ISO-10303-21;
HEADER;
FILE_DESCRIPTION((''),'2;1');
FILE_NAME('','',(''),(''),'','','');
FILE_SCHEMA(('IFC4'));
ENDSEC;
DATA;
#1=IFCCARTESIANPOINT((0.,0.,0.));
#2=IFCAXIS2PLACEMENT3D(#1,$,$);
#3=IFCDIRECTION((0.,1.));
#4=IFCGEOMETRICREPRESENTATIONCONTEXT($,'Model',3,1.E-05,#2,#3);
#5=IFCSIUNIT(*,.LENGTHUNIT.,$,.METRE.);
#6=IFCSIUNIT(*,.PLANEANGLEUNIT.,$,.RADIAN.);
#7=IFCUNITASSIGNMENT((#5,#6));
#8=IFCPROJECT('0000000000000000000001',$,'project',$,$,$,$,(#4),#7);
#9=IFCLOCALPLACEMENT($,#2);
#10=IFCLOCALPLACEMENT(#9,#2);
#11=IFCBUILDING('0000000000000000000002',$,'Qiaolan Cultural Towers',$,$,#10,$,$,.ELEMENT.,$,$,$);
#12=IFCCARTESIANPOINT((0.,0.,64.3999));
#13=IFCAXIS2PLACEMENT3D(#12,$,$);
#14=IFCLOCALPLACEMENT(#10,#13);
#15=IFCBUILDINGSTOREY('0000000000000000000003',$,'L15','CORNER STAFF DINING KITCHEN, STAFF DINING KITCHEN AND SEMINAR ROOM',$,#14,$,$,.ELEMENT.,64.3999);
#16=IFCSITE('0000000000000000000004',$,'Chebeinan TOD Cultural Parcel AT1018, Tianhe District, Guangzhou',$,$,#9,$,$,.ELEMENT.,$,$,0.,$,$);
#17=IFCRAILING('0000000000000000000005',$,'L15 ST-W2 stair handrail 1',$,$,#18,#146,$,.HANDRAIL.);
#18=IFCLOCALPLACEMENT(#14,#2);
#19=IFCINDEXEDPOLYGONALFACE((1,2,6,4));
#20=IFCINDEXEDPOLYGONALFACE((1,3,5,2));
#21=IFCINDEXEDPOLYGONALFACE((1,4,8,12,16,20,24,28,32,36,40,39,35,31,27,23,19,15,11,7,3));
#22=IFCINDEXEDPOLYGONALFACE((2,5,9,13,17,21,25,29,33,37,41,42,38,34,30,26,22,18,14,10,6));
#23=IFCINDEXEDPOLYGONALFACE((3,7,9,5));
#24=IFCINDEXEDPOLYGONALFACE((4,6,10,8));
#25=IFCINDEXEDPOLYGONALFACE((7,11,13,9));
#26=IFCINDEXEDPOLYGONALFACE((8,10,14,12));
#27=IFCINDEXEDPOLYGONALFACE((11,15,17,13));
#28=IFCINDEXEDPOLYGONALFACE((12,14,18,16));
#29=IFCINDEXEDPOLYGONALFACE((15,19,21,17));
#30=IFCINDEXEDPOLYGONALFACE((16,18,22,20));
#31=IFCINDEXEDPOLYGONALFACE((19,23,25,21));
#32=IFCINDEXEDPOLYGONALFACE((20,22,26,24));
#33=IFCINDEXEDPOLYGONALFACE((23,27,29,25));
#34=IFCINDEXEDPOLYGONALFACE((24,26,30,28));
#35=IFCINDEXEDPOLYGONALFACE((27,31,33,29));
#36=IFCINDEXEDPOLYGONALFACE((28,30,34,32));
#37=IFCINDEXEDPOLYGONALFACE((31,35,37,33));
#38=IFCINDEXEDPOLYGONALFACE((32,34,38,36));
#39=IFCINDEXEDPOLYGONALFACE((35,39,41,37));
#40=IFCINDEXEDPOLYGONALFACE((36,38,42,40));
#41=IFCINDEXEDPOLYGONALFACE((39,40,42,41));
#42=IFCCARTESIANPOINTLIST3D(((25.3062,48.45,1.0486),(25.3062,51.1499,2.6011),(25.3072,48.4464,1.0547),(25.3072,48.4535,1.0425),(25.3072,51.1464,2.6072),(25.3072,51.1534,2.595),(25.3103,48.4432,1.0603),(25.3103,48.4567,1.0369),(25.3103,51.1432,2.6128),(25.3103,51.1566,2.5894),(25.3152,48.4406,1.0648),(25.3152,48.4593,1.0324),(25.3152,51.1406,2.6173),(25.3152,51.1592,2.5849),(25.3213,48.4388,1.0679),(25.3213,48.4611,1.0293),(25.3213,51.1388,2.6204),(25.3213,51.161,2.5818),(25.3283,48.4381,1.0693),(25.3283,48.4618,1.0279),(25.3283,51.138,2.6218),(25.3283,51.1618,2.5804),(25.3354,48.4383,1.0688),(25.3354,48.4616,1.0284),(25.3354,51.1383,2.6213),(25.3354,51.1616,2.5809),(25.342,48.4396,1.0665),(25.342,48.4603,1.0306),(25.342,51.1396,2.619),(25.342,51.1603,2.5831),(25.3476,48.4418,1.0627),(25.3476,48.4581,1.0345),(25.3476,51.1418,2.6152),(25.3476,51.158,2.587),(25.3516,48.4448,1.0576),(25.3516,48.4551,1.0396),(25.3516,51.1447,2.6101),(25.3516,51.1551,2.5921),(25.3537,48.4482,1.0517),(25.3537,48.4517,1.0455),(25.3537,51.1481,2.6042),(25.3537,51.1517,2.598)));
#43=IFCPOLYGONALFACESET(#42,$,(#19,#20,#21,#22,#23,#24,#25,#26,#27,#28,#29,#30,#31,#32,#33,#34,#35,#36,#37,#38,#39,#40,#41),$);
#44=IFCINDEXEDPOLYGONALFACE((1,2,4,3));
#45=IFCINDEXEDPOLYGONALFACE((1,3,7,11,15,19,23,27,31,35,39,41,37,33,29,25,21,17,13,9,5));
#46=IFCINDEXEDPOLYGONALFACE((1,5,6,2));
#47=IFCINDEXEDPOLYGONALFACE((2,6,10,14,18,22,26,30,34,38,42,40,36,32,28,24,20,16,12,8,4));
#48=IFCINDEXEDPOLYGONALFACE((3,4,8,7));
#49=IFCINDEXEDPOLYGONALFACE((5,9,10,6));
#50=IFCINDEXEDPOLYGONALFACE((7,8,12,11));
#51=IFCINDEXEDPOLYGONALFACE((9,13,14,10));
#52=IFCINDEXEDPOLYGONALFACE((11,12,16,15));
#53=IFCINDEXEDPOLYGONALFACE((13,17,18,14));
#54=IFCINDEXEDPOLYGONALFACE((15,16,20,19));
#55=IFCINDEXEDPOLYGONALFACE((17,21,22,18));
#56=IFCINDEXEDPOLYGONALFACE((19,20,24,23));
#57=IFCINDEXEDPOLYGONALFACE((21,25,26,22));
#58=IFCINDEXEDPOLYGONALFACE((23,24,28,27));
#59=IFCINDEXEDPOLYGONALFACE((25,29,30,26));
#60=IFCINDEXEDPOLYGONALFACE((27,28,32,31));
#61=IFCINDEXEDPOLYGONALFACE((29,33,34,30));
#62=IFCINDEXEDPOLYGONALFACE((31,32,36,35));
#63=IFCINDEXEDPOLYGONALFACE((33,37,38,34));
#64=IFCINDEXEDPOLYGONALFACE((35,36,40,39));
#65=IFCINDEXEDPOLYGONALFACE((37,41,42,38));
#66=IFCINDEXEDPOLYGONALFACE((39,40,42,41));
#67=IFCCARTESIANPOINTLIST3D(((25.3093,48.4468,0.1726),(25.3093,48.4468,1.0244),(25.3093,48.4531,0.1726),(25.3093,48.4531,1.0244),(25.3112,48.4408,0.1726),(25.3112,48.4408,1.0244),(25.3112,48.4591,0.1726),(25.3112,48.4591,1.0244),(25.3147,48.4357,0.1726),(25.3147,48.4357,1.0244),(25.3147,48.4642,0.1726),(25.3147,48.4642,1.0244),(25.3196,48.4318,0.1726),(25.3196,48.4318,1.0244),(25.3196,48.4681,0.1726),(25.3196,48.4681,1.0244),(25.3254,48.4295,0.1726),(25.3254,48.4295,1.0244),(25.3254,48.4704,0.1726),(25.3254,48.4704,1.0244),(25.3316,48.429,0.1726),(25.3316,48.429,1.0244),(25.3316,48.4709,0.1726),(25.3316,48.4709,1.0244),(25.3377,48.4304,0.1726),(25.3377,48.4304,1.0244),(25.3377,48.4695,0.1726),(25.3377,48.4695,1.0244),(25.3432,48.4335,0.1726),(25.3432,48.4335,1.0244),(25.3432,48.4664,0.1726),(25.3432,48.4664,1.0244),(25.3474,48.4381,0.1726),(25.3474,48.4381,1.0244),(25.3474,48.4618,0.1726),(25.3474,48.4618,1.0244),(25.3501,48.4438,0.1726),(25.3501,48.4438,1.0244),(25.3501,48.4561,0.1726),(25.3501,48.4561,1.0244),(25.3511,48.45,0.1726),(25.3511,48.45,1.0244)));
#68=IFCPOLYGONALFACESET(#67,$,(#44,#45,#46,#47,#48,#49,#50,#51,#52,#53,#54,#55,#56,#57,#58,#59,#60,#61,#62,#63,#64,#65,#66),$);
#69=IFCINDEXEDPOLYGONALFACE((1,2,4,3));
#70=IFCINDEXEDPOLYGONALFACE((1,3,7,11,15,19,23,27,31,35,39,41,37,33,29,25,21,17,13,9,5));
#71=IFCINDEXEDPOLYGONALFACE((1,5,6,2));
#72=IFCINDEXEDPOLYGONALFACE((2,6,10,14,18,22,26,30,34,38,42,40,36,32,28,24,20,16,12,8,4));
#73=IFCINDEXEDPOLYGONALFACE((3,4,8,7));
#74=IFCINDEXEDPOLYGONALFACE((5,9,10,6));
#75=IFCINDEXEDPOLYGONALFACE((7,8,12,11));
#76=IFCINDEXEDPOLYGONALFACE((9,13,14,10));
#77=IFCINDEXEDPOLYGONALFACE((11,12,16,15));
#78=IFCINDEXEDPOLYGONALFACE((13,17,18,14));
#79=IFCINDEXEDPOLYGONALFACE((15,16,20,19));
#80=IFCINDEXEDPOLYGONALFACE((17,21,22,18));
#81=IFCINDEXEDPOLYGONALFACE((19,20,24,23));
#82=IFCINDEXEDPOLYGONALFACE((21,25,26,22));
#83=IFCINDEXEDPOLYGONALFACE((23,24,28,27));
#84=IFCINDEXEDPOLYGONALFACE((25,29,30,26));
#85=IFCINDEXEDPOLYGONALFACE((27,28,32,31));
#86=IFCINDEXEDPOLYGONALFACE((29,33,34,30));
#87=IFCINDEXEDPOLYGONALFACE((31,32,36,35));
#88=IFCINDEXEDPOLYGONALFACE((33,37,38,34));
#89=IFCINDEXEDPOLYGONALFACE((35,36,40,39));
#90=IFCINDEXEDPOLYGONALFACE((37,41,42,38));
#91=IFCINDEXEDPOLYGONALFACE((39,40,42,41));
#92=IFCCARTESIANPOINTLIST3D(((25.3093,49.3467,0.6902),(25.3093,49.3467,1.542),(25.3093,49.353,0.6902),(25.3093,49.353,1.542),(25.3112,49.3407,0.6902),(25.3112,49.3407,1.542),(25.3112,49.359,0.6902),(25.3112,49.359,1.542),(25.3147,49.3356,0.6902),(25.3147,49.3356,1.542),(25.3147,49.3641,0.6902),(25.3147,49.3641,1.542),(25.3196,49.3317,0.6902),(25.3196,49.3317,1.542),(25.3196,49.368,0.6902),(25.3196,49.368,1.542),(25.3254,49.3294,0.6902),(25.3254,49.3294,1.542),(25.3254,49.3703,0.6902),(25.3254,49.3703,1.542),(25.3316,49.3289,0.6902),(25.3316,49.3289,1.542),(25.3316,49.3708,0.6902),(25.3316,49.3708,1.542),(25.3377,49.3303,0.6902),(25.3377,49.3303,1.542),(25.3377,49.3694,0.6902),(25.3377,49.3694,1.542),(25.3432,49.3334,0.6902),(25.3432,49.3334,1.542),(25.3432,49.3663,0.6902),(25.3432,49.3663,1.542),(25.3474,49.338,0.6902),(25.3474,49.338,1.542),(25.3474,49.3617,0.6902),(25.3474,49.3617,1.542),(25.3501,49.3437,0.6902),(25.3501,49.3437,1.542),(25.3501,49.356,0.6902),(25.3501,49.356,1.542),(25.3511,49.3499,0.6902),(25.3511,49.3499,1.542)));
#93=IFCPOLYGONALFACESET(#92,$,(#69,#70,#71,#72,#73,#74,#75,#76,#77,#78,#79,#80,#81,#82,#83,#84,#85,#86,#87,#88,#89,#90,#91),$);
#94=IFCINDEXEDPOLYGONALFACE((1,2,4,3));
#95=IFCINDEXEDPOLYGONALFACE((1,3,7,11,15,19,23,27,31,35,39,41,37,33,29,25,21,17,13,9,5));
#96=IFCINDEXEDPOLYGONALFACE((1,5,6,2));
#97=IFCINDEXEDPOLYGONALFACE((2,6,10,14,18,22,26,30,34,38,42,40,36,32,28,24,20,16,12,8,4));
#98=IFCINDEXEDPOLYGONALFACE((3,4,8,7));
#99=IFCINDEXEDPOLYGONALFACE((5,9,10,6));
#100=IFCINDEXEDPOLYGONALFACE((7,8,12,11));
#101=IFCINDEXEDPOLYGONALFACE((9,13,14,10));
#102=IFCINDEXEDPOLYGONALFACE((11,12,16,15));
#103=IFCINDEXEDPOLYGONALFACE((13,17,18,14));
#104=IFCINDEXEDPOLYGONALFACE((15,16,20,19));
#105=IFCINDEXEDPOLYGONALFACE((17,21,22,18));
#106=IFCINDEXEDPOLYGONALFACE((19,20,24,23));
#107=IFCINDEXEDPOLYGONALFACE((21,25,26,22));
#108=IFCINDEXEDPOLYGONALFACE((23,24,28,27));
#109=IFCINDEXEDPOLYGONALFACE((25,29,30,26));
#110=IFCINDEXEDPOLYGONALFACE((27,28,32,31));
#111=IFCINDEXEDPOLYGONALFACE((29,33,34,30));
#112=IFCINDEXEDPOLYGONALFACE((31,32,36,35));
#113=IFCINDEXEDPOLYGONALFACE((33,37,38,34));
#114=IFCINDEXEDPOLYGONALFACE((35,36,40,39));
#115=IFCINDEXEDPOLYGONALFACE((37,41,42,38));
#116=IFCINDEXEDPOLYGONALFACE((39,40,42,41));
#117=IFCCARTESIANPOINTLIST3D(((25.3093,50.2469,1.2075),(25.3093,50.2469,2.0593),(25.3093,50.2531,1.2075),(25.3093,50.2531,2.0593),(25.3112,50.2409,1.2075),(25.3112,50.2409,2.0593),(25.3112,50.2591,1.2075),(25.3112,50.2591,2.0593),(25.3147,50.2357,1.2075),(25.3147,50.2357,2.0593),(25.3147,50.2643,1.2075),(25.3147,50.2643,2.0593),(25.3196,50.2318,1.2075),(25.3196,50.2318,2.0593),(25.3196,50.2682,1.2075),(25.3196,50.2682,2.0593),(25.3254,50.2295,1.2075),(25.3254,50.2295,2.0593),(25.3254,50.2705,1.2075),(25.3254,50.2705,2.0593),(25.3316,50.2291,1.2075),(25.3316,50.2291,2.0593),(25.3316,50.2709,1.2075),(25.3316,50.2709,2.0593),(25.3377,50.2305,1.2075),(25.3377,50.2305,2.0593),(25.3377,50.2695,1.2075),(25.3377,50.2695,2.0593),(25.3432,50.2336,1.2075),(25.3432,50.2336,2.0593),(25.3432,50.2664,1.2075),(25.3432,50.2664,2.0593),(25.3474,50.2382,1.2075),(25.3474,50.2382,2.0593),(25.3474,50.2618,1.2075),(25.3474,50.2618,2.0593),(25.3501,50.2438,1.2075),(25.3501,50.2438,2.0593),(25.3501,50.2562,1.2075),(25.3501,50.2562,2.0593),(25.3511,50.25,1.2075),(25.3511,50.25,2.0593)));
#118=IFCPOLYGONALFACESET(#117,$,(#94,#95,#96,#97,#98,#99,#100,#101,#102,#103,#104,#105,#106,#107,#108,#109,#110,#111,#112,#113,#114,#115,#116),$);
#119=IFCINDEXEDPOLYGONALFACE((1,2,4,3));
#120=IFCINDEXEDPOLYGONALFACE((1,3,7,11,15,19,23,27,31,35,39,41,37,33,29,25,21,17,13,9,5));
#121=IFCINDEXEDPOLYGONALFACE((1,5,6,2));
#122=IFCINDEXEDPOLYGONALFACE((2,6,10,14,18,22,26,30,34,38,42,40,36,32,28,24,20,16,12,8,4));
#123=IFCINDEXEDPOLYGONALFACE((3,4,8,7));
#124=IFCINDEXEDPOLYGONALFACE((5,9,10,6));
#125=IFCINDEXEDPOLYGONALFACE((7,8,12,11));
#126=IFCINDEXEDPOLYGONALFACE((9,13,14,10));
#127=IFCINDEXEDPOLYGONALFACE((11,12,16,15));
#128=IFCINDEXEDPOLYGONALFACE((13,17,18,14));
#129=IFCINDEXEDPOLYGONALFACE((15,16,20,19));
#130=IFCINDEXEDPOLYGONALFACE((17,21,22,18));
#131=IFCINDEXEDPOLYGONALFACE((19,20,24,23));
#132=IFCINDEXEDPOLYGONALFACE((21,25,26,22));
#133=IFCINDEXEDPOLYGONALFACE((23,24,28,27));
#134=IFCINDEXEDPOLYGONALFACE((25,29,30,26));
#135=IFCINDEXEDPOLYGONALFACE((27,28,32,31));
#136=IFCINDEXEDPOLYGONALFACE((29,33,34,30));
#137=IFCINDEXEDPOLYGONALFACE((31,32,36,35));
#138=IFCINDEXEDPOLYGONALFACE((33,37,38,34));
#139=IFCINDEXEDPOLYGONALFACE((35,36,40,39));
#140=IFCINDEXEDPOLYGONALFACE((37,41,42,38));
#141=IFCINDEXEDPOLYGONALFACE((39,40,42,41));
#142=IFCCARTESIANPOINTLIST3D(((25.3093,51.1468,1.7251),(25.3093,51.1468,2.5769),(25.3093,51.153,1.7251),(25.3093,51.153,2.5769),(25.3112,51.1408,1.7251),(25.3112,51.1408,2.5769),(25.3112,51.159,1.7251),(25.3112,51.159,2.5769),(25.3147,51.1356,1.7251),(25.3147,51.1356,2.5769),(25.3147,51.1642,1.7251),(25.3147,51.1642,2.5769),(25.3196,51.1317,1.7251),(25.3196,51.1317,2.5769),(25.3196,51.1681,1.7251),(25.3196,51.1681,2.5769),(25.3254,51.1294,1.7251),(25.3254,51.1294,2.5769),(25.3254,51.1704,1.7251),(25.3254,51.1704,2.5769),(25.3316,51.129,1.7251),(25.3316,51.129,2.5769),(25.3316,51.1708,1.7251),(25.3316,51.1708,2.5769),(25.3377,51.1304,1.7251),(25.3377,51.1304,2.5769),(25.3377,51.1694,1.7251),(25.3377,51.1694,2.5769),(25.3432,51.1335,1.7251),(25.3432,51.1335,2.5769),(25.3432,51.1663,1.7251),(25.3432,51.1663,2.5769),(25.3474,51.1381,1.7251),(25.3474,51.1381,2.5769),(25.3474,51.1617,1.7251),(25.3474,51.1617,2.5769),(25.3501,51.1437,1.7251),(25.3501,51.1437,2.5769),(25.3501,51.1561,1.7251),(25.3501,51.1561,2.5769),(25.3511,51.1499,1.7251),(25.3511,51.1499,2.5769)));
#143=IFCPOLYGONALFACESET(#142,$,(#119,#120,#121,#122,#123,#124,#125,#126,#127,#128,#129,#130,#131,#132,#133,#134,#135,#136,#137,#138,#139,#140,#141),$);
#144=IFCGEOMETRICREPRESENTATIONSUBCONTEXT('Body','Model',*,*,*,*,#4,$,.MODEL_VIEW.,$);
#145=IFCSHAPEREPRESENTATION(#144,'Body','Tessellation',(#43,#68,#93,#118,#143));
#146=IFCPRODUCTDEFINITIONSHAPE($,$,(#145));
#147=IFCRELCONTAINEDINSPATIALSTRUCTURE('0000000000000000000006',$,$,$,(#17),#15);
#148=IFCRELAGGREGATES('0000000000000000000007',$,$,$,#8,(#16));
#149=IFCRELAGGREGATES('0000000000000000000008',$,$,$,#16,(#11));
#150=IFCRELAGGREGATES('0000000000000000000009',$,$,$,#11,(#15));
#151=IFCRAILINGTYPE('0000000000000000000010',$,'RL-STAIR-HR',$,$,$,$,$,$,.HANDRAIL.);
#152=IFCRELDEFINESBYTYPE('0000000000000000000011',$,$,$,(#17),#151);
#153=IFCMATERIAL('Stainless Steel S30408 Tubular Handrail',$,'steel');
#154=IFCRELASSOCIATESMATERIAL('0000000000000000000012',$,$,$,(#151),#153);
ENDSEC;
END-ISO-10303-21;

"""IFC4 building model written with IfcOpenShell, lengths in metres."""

from ifc_helpers import new_model, si_unit, direction, frame, origin, origin_2d, place, context, subcontext, project, spatial, circle, extrude, material, type_object, element, save


model = new_model("IFC4")

# Units and contexts
model_context = context("Model", 3, precision=1e-05, world=origin(), true_north=direction((0.0, 1.0)))
body_context = subcontext(model_context, "Body", "Model", "MODEL_VIEW")
ifc_project = project(units=[si_unit("LENGTHUNIT", "METRE"), si_unit("PLANEANGLEUNIT", "RADIAN")], contexts=[model_context])

# Site, building, storey
site_placement = place(None, origin())
site = spatial("IfcSite", under=ifc_project, at=site_placement, Name="Chebeinan TOD Cultural Parcel AT1018, Tianhe District, Guangzhou", CompositionType="ELEMENT", RefElevation=0.0)
building_placement = place(site_placement, origin())
building = spatial("IfcBuilding", under=site, at=building_placement, Name="Qiaolan Cultural Towers", CompositionType="ELEMENT")
storey_placement = place(building_placement, frame((0.0, 0.0, 64.3999)))
storey = spatial("IfcBuildingStorey", under=building, at=storey_placement, Name="L15", Description="CORNER STAFF DINING KITCHEN, STAFF DINING KITCHEN AND SEMINAR ROOM", CompositionType="ELEMENT", Elevation=64.3999)

# Railing
ifc_material_1 = material(Name="Stainless Steel S30408 Tubular Handrail", Category="steel")
railing_type = type_object("IfcRailingType", Name="RL-STAIR-HR", PredefinedType="HANDRAIL", material=ifc_material_1)
railing_placement = place(storey_placement, frame((25.3301, 48.45, 0.1726)))
element("IfcRailing", 1, at=railing_placement, inside=storey, type_object=railing_type, Name="L15 ST-W2 stair handrail 1", PredefinedType="HANDRAIL", context=body_context, shape_type="SweptSolid", body=[
    extrude(circle(Radius=0.0239, at=origin_2d()), frame((0.0, 0.0, 0.876), z_axis=(0.0, 0.866904, 0.498476), x_axis=(-1.0, 0.0, 0.0)), (0.0, 0.0, 1.0), 3.1145),
    extrude(circle(Radius=0.021, at=origin_2d()), origin(), (0.0, 0.0, 1.0), 0.8518),
    extrude(circle(Radius=0.021, at=origin_2d()), frame((0.0, 0.8999, 0.5176)), (0.0, 0.0, 1.0), 0.8518),
    extrude(circle(Radius=0.021, at=origin_2d()), frame((0.0, 1.8, 1.0349)), (0.0, 0.0, 1.0), 0.8518),
    extrude(circle(Radius=0.021, at=origin_2d()), frame((0.0, 2.7, 1.5525)), (0.0, 0.0, 1.0), 0.8518),
])

save(model, "model.ifc")
